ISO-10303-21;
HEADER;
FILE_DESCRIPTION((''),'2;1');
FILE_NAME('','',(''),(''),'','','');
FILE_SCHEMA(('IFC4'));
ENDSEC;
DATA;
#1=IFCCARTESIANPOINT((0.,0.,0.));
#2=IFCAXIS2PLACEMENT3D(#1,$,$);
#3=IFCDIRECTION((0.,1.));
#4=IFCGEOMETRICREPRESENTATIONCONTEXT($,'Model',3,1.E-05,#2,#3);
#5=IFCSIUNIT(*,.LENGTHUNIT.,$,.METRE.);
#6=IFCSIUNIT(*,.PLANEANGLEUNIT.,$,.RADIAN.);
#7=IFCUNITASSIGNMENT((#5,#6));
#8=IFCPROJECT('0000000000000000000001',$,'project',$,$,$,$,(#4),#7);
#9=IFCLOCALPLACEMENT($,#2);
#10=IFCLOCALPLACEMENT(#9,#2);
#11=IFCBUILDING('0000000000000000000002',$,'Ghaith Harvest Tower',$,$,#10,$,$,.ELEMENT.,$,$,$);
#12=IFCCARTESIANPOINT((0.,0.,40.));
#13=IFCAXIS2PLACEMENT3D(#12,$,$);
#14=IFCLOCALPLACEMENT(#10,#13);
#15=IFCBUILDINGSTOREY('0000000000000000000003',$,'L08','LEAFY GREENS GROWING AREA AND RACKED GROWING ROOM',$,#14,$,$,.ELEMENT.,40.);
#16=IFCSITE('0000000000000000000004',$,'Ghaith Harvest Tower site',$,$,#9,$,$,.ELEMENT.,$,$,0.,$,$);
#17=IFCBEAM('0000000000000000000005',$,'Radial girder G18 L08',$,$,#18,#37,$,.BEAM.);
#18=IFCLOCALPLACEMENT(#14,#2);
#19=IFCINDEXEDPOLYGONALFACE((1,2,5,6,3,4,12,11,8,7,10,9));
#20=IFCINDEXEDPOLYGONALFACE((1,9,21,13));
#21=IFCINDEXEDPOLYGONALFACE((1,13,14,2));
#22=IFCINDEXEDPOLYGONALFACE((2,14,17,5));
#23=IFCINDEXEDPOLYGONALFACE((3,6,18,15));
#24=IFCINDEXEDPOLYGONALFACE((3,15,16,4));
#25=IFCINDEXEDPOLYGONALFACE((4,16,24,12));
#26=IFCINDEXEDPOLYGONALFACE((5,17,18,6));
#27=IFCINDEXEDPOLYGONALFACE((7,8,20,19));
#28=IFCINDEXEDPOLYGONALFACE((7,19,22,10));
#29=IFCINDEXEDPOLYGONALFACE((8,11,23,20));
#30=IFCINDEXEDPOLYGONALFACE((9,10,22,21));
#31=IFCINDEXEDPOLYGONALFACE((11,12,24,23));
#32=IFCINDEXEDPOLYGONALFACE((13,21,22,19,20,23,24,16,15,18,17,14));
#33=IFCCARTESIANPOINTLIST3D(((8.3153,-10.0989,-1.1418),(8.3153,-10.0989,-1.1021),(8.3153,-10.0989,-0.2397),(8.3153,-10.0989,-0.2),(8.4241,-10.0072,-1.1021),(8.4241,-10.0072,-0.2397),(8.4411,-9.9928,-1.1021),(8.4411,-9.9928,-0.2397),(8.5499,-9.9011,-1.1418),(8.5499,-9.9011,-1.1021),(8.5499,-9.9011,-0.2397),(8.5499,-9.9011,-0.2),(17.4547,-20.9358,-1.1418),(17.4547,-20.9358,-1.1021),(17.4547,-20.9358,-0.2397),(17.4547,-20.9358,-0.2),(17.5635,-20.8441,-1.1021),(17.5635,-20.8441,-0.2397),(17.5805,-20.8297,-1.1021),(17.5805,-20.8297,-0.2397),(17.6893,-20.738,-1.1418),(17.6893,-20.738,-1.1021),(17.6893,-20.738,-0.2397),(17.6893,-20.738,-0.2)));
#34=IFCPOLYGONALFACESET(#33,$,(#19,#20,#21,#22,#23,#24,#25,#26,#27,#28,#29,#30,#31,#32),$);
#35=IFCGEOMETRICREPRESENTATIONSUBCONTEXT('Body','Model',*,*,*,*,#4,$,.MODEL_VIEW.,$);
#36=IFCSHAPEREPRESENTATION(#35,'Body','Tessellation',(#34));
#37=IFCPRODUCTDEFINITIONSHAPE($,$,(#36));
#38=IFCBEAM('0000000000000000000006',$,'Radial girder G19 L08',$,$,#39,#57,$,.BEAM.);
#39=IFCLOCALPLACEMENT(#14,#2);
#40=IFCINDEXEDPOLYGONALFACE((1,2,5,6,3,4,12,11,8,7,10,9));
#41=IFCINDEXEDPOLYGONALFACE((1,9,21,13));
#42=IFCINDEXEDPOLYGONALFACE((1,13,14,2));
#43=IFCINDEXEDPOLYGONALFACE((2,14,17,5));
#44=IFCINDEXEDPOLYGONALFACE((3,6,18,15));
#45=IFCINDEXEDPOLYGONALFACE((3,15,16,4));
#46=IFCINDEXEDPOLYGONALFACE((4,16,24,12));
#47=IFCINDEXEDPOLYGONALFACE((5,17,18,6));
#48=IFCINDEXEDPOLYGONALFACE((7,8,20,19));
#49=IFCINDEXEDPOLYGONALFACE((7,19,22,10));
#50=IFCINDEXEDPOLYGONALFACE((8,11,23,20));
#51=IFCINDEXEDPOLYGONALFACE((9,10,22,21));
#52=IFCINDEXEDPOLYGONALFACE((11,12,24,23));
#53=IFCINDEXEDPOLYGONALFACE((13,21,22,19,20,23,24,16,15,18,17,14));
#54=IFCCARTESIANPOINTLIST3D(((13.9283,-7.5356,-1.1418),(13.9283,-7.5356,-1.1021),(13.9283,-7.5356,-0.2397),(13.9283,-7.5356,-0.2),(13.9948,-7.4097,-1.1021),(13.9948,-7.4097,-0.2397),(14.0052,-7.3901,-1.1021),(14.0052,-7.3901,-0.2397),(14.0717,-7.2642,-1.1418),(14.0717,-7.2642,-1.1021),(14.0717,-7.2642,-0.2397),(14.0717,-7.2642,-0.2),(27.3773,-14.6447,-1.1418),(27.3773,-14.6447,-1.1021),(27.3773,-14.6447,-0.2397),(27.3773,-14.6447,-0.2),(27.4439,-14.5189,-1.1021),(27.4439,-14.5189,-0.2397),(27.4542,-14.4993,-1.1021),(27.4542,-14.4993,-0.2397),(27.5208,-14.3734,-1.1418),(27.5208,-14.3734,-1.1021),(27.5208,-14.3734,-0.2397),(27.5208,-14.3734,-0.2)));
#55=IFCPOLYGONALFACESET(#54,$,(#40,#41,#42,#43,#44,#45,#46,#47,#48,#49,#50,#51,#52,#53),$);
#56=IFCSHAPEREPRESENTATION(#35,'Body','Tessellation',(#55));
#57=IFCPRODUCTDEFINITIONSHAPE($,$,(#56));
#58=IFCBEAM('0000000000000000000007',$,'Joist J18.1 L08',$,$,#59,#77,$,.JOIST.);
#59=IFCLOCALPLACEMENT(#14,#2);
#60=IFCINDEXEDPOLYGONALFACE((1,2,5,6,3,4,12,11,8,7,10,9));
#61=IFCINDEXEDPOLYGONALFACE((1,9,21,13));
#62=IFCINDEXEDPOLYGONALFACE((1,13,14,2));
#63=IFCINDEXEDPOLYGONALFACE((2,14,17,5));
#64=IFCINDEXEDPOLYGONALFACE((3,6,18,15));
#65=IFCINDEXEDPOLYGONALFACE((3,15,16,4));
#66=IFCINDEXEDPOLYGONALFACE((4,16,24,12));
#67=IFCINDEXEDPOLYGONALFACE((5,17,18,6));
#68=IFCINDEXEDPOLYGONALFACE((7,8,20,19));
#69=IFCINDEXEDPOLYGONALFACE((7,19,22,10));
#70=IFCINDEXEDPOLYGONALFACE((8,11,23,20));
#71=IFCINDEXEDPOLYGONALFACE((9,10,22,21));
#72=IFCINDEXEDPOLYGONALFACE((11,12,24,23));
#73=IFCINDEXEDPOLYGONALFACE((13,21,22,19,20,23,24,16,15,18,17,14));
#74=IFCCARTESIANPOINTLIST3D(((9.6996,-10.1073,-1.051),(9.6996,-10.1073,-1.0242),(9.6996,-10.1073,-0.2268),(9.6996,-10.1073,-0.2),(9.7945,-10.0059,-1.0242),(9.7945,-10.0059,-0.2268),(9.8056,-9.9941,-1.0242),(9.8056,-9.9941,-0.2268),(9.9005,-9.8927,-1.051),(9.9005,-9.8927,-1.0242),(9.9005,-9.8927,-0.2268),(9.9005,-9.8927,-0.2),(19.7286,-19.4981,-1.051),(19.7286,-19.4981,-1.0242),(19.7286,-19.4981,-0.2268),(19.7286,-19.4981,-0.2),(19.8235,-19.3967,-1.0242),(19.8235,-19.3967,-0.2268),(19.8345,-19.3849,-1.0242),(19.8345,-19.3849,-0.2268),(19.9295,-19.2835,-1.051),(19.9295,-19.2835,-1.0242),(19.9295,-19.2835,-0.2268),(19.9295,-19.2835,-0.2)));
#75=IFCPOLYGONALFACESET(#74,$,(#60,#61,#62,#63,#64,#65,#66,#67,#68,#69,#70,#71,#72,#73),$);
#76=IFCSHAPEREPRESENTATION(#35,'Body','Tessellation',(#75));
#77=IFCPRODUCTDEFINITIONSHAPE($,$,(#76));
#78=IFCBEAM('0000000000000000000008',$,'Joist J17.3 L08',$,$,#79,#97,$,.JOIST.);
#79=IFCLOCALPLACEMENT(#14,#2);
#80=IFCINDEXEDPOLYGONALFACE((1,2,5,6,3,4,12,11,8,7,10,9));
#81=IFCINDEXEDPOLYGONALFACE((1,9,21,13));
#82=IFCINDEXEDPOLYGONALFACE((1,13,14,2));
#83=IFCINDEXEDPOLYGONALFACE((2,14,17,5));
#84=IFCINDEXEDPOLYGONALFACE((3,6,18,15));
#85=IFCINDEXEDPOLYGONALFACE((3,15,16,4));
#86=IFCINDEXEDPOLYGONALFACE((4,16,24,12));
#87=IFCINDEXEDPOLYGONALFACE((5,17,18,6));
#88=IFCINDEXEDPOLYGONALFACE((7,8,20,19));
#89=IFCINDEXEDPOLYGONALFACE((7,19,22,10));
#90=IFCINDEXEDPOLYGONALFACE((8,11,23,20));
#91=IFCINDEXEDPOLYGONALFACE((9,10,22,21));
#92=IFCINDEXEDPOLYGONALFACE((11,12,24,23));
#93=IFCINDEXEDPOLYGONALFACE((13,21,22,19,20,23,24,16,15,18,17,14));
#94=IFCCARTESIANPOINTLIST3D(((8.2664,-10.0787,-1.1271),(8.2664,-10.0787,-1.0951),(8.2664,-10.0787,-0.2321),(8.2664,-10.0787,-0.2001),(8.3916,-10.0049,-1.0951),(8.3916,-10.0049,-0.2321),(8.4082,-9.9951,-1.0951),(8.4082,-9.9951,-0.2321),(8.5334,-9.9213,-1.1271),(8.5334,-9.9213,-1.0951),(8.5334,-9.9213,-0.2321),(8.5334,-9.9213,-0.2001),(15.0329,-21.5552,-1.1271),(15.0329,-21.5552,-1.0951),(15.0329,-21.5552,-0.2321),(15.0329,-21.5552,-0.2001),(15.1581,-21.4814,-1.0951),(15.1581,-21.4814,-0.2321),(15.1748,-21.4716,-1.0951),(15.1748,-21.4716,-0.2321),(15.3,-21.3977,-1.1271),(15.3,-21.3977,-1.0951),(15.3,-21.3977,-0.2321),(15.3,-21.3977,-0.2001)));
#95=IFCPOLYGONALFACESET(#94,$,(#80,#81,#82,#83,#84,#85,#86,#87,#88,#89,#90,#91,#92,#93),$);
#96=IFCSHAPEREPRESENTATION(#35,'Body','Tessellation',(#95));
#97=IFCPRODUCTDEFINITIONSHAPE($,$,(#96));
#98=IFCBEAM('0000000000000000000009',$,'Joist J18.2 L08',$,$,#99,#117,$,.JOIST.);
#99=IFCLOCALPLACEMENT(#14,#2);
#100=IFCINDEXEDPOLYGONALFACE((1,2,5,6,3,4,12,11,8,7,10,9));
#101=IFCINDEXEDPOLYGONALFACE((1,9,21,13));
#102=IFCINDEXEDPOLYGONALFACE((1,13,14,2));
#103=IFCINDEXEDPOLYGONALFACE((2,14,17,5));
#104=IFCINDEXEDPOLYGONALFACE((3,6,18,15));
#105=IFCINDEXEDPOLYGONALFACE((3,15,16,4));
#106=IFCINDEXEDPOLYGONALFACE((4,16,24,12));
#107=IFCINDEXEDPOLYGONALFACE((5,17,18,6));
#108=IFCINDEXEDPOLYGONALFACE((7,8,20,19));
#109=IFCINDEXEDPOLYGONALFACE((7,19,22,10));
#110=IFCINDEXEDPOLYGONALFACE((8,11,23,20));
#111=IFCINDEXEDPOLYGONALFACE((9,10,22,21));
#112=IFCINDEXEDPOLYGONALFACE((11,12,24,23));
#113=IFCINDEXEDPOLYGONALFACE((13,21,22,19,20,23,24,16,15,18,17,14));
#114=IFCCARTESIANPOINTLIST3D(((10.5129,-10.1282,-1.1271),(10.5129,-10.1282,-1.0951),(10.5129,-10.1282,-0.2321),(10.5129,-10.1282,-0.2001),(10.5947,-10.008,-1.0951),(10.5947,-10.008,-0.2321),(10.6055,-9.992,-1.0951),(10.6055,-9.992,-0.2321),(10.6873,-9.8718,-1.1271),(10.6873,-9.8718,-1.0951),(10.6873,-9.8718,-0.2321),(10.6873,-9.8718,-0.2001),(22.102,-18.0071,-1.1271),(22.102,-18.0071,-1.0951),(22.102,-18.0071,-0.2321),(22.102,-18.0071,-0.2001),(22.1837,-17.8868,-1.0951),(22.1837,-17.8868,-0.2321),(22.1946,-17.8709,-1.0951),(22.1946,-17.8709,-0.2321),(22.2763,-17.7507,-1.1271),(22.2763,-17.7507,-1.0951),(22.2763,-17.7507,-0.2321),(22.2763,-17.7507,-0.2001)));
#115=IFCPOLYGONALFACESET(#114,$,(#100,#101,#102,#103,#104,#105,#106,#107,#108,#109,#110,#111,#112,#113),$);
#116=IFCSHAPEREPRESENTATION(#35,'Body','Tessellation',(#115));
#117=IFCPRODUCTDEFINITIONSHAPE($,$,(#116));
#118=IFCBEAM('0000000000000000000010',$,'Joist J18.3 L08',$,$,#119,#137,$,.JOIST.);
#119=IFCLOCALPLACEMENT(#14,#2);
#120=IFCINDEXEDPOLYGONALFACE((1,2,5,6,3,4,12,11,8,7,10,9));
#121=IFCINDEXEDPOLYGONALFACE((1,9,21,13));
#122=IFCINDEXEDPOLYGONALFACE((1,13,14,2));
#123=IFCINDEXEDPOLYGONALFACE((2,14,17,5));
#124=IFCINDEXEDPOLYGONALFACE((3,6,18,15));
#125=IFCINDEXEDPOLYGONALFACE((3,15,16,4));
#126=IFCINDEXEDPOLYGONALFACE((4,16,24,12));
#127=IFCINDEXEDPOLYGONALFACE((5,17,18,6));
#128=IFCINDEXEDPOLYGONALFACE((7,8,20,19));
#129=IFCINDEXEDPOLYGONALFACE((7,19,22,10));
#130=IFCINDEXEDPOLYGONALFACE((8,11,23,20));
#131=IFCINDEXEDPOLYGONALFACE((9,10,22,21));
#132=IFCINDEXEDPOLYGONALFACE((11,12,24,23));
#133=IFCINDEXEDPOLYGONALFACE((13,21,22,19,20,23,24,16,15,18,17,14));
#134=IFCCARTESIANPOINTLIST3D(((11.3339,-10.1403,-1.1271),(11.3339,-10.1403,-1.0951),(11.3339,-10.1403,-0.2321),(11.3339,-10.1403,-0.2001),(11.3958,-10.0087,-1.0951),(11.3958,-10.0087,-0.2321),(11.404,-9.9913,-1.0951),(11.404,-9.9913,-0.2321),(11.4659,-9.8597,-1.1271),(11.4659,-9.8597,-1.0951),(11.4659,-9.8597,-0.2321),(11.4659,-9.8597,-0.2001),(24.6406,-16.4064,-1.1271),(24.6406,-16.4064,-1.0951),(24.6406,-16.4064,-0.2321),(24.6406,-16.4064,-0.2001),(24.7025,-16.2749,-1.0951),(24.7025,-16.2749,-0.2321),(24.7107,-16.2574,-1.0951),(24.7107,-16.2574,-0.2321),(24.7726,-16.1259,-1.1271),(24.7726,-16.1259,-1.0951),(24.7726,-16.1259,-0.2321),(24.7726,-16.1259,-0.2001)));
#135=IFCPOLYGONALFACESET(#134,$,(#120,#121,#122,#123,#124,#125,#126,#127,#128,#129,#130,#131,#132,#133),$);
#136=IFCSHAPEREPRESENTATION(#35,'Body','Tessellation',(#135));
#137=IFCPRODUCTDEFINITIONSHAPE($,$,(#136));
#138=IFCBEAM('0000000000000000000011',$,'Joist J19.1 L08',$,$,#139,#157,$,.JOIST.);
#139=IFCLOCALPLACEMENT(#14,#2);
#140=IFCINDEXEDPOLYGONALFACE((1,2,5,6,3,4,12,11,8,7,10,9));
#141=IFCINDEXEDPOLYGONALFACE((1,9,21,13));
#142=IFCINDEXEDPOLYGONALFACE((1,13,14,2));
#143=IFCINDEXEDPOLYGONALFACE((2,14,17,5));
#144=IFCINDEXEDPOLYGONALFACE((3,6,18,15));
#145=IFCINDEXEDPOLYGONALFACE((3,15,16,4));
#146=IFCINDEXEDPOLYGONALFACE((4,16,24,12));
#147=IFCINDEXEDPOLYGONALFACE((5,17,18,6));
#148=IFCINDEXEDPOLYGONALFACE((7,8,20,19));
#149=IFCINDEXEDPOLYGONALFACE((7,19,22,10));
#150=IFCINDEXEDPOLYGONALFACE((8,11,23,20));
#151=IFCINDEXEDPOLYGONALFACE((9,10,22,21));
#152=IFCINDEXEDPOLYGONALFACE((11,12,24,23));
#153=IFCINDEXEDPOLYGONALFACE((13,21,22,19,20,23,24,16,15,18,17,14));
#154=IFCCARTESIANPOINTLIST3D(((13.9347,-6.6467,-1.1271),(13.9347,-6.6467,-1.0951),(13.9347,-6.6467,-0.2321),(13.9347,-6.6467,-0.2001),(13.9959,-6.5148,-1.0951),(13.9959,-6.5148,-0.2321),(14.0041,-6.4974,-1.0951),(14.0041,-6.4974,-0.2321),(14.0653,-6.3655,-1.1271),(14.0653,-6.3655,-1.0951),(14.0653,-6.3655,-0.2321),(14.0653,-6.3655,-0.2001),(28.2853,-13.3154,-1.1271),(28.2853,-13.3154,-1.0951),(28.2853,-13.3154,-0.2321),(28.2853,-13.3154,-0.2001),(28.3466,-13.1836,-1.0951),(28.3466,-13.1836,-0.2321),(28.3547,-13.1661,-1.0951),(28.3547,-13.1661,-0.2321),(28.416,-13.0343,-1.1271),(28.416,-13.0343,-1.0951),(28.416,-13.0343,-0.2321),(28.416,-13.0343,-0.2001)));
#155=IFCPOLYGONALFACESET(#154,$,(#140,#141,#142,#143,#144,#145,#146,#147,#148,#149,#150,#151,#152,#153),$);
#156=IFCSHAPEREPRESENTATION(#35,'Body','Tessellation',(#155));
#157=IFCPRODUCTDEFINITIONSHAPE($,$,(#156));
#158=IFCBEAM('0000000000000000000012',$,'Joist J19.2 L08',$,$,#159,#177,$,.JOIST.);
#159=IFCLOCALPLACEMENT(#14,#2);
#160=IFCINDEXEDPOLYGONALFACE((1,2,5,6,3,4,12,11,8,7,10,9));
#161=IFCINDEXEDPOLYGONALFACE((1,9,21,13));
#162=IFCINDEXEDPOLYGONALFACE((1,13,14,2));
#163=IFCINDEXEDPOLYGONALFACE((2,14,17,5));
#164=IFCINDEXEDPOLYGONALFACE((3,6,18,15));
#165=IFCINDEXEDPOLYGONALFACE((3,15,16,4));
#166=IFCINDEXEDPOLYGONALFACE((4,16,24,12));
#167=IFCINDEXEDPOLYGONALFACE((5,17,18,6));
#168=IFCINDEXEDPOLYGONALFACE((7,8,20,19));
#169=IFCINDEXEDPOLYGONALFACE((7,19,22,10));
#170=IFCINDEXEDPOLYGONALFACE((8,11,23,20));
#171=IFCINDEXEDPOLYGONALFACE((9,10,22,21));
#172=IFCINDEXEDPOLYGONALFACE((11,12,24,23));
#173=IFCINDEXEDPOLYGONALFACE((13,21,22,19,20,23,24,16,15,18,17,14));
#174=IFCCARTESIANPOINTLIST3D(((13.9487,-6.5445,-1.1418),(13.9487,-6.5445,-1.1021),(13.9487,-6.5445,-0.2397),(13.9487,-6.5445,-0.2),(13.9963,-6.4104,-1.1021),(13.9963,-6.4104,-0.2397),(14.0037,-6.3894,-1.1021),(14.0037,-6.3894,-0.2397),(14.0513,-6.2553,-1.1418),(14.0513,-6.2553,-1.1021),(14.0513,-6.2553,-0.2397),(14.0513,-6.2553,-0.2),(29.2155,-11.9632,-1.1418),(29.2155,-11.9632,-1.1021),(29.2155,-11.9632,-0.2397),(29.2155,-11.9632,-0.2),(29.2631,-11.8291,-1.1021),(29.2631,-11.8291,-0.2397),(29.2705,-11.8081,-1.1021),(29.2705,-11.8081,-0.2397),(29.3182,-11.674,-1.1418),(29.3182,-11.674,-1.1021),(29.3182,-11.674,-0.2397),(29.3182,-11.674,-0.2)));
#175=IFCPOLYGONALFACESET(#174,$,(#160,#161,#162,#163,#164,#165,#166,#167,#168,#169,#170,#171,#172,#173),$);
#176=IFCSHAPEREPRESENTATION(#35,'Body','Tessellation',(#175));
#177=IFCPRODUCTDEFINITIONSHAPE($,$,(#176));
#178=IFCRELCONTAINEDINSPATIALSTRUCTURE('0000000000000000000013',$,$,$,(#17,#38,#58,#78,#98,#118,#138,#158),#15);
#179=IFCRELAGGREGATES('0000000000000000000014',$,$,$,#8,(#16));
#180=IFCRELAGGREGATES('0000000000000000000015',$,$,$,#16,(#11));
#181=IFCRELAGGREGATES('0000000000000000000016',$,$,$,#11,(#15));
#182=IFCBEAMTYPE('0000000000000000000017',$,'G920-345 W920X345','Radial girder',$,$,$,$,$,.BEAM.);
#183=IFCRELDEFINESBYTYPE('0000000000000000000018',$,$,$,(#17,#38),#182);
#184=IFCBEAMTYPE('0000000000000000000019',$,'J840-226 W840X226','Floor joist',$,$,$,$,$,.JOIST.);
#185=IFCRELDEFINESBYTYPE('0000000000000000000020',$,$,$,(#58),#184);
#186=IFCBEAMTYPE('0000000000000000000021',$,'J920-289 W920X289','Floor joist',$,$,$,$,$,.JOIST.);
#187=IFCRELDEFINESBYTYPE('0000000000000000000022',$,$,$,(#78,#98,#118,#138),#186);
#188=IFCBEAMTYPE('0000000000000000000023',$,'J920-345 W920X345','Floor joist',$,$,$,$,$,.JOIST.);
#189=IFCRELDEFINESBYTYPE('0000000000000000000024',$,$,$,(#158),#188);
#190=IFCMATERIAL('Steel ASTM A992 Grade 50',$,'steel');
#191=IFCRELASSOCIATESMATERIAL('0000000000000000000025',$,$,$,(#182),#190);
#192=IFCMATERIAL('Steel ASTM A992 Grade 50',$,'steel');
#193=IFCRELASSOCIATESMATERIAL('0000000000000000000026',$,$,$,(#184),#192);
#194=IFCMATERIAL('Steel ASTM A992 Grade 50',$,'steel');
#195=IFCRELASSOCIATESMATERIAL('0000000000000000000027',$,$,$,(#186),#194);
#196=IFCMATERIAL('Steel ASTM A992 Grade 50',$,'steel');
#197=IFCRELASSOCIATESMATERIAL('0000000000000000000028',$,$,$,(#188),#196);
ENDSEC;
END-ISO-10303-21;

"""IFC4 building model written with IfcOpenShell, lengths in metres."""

from ifc_helpers import new_model, si_unit, direction, frame, origin, origin_2d, place, context, subcontext, project, spatial, i_section, extrude, material, material_profile, profile_set, type_object, element, save


model = new_model("IFC4")

# Units and contexts
model_context = context("Model", 3, precision=1e-05, world=origin(), true_north=direction((0.0, 1.0)))
body_context = subcontext(model_context, "Body", "Model", "MODEL_VIEW")
ifc_project = project(units=[si_unit("LENGTHUNIT", "METRE"), si_unit("PLANEANGLEUNIT", "RADIAN")], contexts=[model_context])

# Site, building, storey
site_placement = place(None, origin())
site = spatial("IfcSite", under=ifc_project, at=site_placement, Name="Ghaith Harvest Tower site", CompositionType="ELEMENT", RefElevation=0.0)
building_placement = place(site_placement, origin())
building = spatial("IfcBuilding", under=site, at=building_placement, Name="Ghaith Harvest Tower", CompositionType="ELEMENT")
storey_placement = place(building_placement, frame((0.0, 0.0, 40.0)))
storey = spatial("IfcBuildingStorey", under=building, at=storey_placement, Name="L08", Description="LEAFY GREENS GROWING AREA AND RACKED GROWING ROOM", CompositionType="ELEMENT", Elevation=40.0)

# Beams
ifc_material_1 = material(Name="Steel ASTM A992 Grade 50", Category="steel")
ifc_material_profile_1 = material_profile(ifc_material_1, i_section(OverallWidth=0.3069, OverallDepth=0.9419, WebThickness=0.0222, FlangeThickness=0.0398, at=origin_2d()), Name="W920X345")
ifc_profile_set_1 = profile_set([ifc_material_profile_1], Name="Steel ASTM A992 Grade 50")
beam_type_1 = type_object("IfcBeamType", Name="G920-345 W920X345", Description="Radial girder", PredefinedType="BEAM", material=ifc_profile_set_1)
beam_1_placement = place(storey_placement, frame((8.4326, -10.0, -0.6709), z_axis=(0.644696, -0.764439, 0.0), x_axis=(0.764439, 0.644696, 0.0)))
element("IfcBeam", 1, at=beam_1_placement, inside=storey, type_object=beam_type_1, Name="Radial girder G18 L08", PredefinedType="BEAM", context=body_context, shape_type="SweptSolid", body=[
    extrude(i_section(OverallWidth=0.3069, OverallDepth=0.9419, WebThickness=0.0222, FlangeThickness=0.0398, at=origin_2d()), origin(), (0.0, 0.0, 1.0), 14.1763),
])
beam_2_placement = place(storey_placement, frame((14.0, -7.3999, -0.6709), z_axis=(0.884084, -0.467327, 0.0), x_axis=(0.467327, 0.884084, 0.0)))
element("IfcBeam", 2, at=beam_2_placement, inside=storey, type_object=beam_type_1, Name="Radial girder G19 L08", PredefinedType="BEAM", context=body_context, shape_type="SweptSolid", body=[
    extrude(i_section(OverallWidth=0.3069, OverallDepth=0.9419, WebThickness=0.0222, FlangeThickness=0.0398, at=origin_2d()), origin(), (0.0, 0.0, 1.0), 15.2124),
])
ifc_material_2 = material(Name="Steel ASTM A992 Grade 50", Category="steel")
ifc_material_profile_2 = material_profile(ifc_material_2, i_section(OverallWidth=0.2939, OverallDepth=0.8511, WebThickness=0.0161, FlangeThickness=0.0269, at=origin_2d()), Name="W840X226")
ifc_profile_set_2 = profile_set([ifc_material_profile_2], Name="Steel ASTM A992 Grade 50")
beam_type_2 = type_object("IfcBeamType", Name="J840-226 W840X226", Description="Floor joist", PredefinedType="JOIST", material=ifc_profile_set_2)
beam_3_placement = place(storey_placement, frame((9.8, -10.0, -0.6255), z_axis=(0.72995, -0.683501, 0.0), x_axis=(0.683501, 0.72995, 0.0)))
element("IfcBeam", 3, at=beam_3_placement, inside=storey, type_object=beam_type_2, Name="Joist J18.1 L08", PredefinedType="JOIST", context=body_context, shape_type="SweptSolid", body=[
    extrude(i_section(OverallWidth=0.2939, OverallDepth=0.8511, WebThickness=0.0161, FlangeThickness=0.0269, at=origin_2d()), origin(), (0.0, 0.0, 1.0), 13.7393),
])
ifc_material_3 = material(Name="Steel ASTM A992 Grade 50", Category="steel")
ifc_material_profile_3 = material_profile(ifc_material_3, i_section(OverallWidth=0.3101, OverallDepth=0.927, WebThickness=0.0193, FlangeThickness=0.032, at=origin_2d()), Name="W920X289")
ifc_profile_set_3 = profile_set([ifc_material_profile_3], Name="Steel ASTM A992 Grade 50")
beam_type_3 = type_object("IfcBeamType", Name="J920-289 W920X289", Description="Floor joist", PredefinedType="JOIST", material=ifc_profile_set_3)
beam_4_placement = place(storey_placement, frame((8.3999, -10.0, -0.6636), z_axis=(0.507894, -0.861419, 0.0), x_axis=(0.861419, 0.507894, 0.0)))
element("IfcBeam", 4, at=beam_4_placement, inside=storey, type_object=beam_type_3, Name="Joist J17.3 L08", PredefinedType="JOIST", context=body_context, shape_type="SweptSolid", body=[
    extrude(i_section(OverallWidth=0.3101, OverallDepth=0.927, WebThickness=0.0193, FlangeThickness=0.032, at=origin_2d()), origin(), (0.0, 0.0, 1.0), 13.3228),
])
beam_5_placement = place(storey_placement, frame((10.6001, -10.0, -0.6636), z_axis=(0.826983, -0.562228, 0.0), x_axis=(0.562228, 0.826983, 0.0)))
element("IfcBeam", 5, at=beam_5_placement, inside=storey, type_object=beam_type_3, Name="Joist J18.2 L08", PredefinedType="JOIST", context=body_context, shape_type="SweptSolid", body=[
    extrude(i_section(OverallWidth=0.3101, OverallDepth=0.927, WebThickness=0.0193, FlangeThickness=0.032, at=origin_2d()), origin(), (0.0, 0.0, 1.0), 14.0137),
])
beam_6_placement = place(storey_placement, frame((11.3999, -10.0, -0.6636), z_axis=(0.90471, -0.426029, 0.0), x_axis=(0.426029, 0.90471, 0.0)))
element("IfcBeam", 6, at=beam_6_placement, inside=storey, type_object=beam_type_3, Name="Joist J18.3 L08", PredefinedType="JOIST", context=body_context, shape_type="SweptSolid", body=[
    extrude(i_section(OverallWidth=0.3101, OverallDepth=0.927, WebThickness=0.0193, FlangeThickness=0.032, at=origin_2d()), origin(), (0.0, 0.0, 1.0), 14.7083),
])
beam_7_placement = place(storey_placement, frame((14.0, -6.5061, -0.6636), z_axis=(0.906866, -0.42142, 0.0), x_axis=(0.42142, 0.906866, 0.0)))
element("IfcBeam", 7, at=beam_7_placement, inside=storey, type_object=beam_type_3, Name="Joist J19.1 L08", PredefinedType="JOIST", context=body_context, shape_type="SweptSolid", body=[
    extrude(i_section(OverallWidth=0.3101, OverallDepth=0.927, WebThickness=0.0193, FlangeThickness=0.032, at=origin_2d()), origin(), (0.0, 0.0, 1.0), 15.8245),
])
ifc_material_4 = material(Name="Steel ASTM A992 Grade 50", Category="steel")
ifc_material_profile_4 = material_profile(ifc_material_4, i_section(OverallWidth=0.3069, OverallDepth=0.9419, WebThickness=0.0222, FlangeThickness=0.0398, at=origin_2d()), Name="W920X345")
ifc_profile_set_4 = profile_set([ifc_material_profile_4], Name="Steel ASTM A992 Grade 50")
beam_type_4 = type_object("IfcBeamType", Name="J920-345 W920X345", Description="Floor joist", PredefinedType="JOIST", material=ifc_profile_set_4)
beam_8_placement = place(storey_placement, frame((14.0, -6.3999, -0.6709), z_axis=(0.9424, -0.334488, 0.0), x_axis=(0.334488, 0.9424, 0.0)))
element("IfcBeam", 8, at=beam_8_placement, inside=storey, type_object=beam_type_4, Name="Joist J19.2 L08", PredefinedType="JOIST", context=body_context, shape_type="SweptSolid", body=[
    extrude(i_section(OverallWidth=0.3069, OverallDepth=0.9419, WebThickness=0.0222, FlangeThickness=0.0398, at=origin_2d()), origin(), (0.0, 0.0, 1.0), 16.2),
])

save(model, "model.ifc")
